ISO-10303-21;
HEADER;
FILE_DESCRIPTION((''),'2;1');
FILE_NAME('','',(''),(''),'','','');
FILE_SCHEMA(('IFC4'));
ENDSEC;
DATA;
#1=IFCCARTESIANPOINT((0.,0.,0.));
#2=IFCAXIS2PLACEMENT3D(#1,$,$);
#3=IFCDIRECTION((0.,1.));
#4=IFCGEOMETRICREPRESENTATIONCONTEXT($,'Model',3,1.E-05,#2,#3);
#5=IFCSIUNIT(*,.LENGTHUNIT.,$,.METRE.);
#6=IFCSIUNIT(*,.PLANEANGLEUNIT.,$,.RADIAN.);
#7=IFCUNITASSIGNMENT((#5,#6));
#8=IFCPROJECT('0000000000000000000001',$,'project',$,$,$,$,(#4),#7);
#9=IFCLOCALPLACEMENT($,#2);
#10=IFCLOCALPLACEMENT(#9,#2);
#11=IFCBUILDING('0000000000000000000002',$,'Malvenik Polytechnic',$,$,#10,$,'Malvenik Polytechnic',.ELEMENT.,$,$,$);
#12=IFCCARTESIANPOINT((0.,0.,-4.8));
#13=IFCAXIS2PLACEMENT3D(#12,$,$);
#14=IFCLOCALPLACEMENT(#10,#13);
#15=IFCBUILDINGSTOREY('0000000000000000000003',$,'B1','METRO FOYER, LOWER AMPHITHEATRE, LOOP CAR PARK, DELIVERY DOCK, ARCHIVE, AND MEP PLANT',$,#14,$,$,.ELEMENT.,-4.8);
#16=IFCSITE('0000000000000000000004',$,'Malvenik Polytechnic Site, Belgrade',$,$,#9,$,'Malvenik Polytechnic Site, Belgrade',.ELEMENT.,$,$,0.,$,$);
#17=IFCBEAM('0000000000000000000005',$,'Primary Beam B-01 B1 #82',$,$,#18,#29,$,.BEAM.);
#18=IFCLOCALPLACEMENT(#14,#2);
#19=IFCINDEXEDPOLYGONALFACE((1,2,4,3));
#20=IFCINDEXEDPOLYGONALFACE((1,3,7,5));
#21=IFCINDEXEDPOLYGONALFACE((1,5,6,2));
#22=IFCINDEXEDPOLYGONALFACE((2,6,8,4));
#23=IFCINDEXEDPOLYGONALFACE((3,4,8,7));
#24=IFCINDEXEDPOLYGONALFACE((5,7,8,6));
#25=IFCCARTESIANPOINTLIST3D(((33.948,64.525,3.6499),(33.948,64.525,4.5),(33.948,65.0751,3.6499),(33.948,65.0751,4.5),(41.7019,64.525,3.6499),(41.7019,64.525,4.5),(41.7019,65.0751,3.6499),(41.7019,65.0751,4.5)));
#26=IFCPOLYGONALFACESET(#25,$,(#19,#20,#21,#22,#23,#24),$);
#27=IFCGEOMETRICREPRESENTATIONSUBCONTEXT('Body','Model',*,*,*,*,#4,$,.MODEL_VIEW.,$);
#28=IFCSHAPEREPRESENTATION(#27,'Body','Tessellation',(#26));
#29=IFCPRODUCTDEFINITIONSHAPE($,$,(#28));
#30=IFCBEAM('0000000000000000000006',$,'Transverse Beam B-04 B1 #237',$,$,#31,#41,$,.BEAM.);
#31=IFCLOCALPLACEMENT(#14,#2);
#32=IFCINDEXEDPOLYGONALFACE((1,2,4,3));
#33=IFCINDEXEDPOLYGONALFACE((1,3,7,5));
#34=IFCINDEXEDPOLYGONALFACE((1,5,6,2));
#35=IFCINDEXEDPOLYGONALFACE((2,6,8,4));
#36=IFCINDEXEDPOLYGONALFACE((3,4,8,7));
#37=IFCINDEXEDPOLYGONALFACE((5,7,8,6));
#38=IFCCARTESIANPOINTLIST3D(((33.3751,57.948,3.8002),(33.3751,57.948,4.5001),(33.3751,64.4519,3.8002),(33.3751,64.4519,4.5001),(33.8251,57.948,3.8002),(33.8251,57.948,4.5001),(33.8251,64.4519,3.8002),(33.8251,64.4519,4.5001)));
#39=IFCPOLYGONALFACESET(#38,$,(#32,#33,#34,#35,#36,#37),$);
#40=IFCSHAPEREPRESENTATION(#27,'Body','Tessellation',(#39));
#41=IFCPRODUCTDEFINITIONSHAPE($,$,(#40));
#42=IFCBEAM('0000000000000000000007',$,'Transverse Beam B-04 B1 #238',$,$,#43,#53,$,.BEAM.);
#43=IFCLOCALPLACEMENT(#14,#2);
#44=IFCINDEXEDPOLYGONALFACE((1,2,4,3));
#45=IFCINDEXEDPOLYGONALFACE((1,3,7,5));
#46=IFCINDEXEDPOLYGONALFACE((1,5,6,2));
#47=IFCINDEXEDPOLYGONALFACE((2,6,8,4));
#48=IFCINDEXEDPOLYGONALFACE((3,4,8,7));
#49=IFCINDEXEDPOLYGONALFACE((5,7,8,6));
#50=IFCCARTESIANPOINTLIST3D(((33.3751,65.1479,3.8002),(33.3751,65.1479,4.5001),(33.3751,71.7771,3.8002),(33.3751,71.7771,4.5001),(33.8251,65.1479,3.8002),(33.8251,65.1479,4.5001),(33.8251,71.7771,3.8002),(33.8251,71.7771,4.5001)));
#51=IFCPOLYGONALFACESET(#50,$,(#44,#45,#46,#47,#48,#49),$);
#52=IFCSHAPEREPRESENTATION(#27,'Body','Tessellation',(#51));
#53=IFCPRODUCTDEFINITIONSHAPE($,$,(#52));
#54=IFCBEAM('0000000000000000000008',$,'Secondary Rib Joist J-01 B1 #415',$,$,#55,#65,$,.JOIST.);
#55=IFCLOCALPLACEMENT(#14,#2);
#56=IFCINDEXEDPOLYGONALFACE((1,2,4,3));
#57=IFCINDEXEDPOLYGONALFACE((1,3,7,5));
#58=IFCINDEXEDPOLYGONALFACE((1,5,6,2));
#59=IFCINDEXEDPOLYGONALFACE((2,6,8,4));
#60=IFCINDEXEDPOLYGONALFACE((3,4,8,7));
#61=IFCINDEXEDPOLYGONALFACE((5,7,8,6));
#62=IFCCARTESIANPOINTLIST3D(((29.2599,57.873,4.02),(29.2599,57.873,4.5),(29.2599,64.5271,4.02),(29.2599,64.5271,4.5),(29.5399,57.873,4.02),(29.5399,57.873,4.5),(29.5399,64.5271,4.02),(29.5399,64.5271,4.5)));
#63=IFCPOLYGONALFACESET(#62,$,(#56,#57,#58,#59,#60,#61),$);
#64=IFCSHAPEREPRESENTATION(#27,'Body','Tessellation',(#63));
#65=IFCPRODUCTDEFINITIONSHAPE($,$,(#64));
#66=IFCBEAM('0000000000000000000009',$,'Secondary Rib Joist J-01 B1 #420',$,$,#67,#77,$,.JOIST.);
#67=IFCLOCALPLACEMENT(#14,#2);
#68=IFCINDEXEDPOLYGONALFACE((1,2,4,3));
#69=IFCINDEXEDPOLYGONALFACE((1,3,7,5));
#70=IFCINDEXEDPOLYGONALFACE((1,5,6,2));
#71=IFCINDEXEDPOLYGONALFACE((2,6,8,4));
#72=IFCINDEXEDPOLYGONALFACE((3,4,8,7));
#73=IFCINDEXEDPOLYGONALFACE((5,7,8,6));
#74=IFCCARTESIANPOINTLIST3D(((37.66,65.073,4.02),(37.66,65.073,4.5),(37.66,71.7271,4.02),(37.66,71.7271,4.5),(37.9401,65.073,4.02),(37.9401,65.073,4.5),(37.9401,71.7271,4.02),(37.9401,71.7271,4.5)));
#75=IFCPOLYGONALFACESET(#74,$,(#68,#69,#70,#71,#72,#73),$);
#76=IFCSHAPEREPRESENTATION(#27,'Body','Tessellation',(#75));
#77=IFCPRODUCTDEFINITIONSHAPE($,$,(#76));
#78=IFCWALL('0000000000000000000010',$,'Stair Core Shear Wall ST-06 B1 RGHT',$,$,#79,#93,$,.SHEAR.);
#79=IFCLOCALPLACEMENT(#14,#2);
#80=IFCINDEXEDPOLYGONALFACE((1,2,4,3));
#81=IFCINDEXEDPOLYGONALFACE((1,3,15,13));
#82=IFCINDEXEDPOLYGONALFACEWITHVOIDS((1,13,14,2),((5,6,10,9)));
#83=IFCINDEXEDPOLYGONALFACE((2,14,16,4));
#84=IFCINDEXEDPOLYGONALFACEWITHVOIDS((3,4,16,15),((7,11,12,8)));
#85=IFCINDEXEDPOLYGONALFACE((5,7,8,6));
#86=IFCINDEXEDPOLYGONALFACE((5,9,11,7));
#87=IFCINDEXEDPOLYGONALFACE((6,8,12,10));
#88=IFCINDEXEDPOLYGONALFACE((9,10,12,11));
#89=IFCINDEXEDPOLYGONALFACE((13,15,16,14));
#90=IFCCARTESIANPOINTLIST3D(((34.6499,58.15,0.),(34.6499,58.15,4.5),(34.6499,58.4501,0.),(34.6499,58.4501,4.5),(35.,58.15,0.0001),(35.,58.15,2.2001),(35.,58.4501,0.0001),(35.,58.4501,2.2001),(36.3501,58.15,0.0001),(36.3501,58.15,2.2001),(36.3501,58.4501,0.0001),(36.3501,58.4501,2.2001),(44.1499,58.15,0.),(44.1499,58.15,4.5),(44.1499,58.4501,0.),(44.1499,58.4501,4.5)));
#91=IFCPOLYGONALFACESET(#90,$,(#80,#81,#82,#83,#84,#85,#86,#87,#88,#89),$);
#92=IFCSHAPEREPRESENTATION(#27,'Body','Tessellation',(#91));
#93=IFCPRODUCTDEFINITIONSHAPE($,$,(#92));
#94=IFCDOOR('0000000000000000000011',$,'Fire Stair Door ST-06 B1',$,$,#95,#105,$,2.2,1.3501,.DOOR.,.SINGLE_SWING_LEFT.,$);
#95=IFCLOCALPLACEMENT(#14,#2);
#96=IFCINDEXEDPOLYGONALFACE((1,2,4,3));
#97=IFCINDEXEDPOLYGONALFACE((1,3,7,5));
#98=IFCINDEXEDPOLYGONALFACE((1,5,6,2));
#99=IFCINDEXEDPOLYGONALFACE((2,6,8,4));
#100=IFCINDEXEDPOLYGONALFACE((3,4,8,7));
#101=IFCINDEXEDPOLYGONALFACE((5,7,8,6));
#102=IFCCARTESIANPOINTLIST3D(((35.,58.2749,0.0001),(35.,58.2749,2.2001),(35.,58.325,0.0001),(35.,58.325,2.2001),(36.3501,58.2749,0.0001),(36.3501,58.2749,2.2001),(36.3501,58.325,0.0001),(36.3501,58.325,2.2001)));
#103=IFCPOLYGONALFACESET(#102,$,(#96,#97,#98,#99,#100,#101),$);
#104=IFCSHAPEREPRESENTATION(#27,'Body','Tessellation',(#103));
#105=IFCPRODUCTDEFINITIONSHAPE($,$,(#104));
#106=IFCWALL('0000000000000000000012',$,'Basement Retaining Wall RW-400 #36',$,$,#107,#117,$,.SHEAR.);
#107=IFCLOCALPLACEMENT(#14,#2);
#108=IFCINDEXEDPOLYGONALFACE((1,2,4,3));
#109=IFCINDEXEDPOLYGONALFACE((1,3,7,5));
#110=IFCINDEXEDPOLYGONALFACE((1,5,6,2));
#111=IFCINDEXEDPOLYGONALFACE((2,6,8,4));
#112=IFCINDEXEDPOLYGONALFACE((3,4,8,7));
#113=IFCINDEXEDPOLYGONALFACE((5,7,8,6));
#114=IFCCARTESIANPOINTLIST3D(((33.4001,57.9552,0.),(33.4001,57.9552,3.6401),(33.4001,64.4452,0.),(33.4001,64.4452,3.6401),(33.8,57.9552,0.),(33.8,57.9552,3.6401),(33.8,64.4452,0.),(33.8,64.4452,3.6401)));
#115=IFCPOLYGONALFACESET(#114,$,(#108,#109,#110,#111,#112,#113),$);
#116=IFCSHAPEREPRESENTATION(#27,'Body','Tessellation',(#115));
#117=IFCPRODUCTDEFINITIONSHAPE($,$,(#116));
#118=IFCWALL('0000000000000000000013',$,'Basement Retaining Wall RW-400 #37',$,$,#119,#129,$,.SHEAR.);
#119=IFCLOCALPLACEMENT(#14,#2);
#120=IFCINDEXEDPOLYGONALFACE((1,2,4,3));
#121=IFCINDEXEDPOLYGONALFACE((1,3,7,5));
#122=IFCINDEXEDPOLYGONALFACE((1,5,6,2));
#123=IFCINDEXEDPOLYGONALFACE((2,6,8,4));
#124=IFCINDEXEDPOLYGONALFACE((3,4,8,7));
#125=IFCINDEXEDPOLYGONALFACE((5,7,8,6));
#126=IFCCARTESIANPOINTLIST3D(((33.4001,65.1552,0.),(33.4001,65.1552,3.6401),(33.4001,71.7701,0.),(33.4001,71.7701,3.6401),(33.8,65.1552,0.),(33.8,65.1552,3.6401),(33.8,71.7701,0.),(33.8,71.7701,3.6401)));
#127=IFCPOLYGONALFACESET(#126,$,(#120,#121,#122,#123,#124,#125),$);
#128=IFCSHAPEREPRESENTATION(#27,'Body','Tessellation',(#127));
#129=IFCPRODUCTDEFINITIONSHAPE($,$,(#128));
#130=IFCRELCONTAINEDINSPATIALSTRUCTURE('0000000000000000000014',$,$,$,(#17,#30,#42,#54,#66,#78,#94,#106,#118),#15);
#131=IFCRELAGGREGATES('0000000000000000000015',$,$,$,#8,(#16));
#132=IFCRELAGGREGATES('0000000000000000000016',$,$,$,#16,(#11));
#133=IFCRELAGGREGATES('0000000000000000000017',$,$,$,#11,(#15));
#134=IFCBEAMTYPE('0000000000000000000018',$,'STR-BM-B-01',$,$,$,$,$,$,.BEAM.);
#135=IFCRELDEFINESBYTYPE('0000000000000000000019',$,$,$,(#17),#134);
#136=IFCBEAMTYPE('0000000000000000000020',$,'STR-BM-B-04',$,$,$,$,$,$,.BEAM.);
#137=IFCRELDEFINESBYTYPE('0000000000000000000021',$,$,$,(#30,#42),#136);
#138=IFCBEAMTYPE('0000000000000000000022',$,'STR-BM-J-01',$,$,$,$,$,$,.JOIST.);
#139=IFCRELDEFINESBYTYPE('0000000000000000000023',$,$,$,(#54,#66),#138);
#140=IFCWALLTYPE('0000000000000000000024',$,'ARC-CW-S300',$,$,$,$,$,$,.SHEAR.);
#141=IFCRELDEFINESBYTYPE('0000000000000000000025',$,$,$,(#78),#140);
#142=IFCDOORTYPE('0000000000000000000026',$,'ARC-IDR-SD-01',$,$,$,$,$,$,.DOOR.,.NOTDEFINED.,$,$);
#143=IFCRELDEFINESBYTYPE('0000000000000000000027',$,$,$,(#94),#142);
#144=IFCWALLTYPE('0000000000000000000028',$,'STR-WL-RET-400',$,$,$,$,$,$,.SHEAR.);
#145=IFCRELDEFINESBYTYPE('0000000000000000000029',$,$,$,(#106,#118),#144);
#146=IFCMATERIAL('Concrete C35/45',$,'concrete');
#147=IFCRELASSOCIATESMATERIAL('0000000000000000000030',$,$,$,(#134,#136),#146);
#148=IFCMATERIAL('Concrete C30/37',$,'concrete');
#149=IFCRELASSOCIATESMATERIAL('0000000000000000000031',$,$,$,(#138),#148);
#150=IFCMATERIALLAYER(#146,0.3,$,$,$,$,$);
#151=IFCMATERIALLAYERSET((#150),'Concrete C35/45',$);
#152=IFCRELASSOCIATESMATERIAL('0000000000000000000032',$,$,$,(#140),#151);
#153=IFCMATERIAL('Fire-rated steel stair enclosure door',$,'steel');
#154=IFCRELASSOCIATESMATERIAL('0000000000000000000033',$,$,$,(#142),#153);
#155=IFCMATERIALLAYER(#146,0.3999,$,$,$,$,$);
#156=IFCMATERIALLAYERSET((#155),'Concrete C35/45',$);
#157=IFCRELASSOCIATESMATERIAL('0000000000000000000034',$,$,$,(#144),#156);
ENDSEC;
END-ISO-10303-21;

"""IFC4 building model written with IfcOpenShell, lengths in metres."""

from ifc_helpers import new_model, si_unit, direction, frame, frame_2d, origin, origin_2d, place, context, subcontext, project, spatial, rectangle, extrude, material, layer, layer_set, material_profile, profile_set, type_object, element, fill, save


model = new_model("IFC4")

# Units and contexts
model_context = context("Model", 3, precision=1e-05, world=origin(), true_north=direction((0.0, 1.0)))
body_context = subcontext(model_context, "Body", "Model", "MODEL_VIEW")
ifc_project = project(units=[si_unit("LENGTHUNIT", "METRE"), si_unit("PLANEANGLEUNIT", "RADIAN")], contexts=[model_context])

# Site, building, storey
site_placement = place(None, origin())
site = spatial("IfcSite", under=ifc_project, at=site_placement, Name="Malvenik Polytechnic Site, Belgrade", LongName="Malvenik Polytechnic Site, Belgrade", CompositionType="ELEMENT", RefElevation=0.0)
building_placement = place(site_placement, origin())
building = spatial("IfcBuilding", under=site, at=building_placement, Name="Malvenik Polytechnic", LongName="Malvenik Polytechnic", CompositionType="ELEMENT")
storey_placement = place(building_placement, frame((0.0, 0.0, -4.8)))
storey = spatial("IfcBuildingStorey", under=building, at=storey_placement, Name="B1", Description="METRO FOYER, LOWER AMPHITHEATRE, LOOP CAR PARK, DELIVERY DOCK, ARCHIVE, AND MEP PLANT", CompositionType="ELEMENT", Elevation=-4.8)

# Shared definitions
ifc_material_1 = material(Name="Concrete C35/45", Category="concrete")

# Beams
ifc_material_profile_1 = material_profile(ifc_material_1, rectangle(XDim=0.55, YDim=0.8501, at=origin_2d()), Name="RC BM 550x850")
ifc_profile_set_1 = profile_set([ifc_material_profile_1], Name="Concrete C35/45")
beam_type_1 = type_object("IfcBeamType", Name="STR-BM-B-01", PredefinedType="BEAM", material=ifc_profile_set_1)
beam_1_placement = place(storey_placement, frame((33.948, 64.8, 4.075), z_axis=(1.0, 0.0, 0.0), x_axis=(0.0, 1.0, 0.0)))
element("IfcBeam", 1, at=beam_1_placement, inside=storey, type_object=beam_type_1, Name="Primary Beam B-01 B1 #82", PredefinedType="BEAM", context=body_context, shape_type="SweptSolid", body=[
    extrude(rectangle(XDim=0.55, YDim=0.8501, at=origin_2d()), origin(), (0.0, 0.0, 1.0), 7.7539),
])
ifc_material_profile_2 = material_profile(ifc_material_1, rectangle(XDim=0.45, YDim=0.7, at=origin_2d()), Name="RC BM 450x700")
ifc_profile_set_2 = profile_set([ifc_material_profile_2], Name="Concrete C35/45")
beam_type_2 = type_object("IfcBeamType", Name="STR-BM-B-04", PredefinedType="BEAM", material=ifc_profile_set_2)
beam_2_placement = place(storey_placement, frame((33.6001, 57.948, 4.1501), z_axis=(0.0, 1.0, 0.0), x_axis=(-1.0, 0.0, 0.0)))
element("IfcBeam", 2, at=beam_2_placement, inside=storey, type_object=beam_type_2, Name="Transverse Beam B-04 B1 #237", PredefinedType="BEAM", context=body_context, shape_type="SweptSolid", body=[
    extrude(rectangle(XDim=0.45, YDim=0.7, at=origin_2d()), origin(), (0.0, 0.0, 1.0), 6.5039),
])
beam_3_placement = place(storey_placement, frame((33.6001, 65.1479, 4.1501), z_axis=(0.0, 1.0, 0.0), x_axis=(-1.0, 0.0, 0.0)))
element("IfcBeam", 3, at=beam_3_placement, inside=storey, type_object=beam_type_2, Name="Transverse Beam B-04 B1 #238", PredefinedType="BEAM", context=body_context, shape_type="SweptSolid", body=[
    extrude(rectangle(XDim=0.45, YDim=0.7, at=origin_2d()), origin(), (0.0, 0.0, 1.0), 6.6292),
])
ifc_material_2 = material(Name="Concrete C30/37", Category="concrete")
ifc_material_profile_3 = material_profile(ifc_material_2, rectangle(XDim=0.28, YDim=0.48, at=origin_2d()), Name="RC JST 280x480")
ifc_profile_set_3 = profile_set([ifc_material_profile_3], Name="Concrete C30/37")
beam_type_3 = type_object("IfcBeamType", Name="STR-BM-J-01", PredefinedType="JOIST", material=ifc_profile_set_3)
for number, where, z_axis, x_axis, name in (
    (4, (29.3999, 57.873, 4.26), (0.0, 1.0, 0.0), (-1.0, 0.0, 0.0), "Secondary Rib Joist J-01 B1 #415"),
    (5, (37.8, 65.073, 4.26), (0.0, 1.0, 0.0), (-1.0, 0.0, 0.0), "Secondary Rib Joist J-01 B1 #420"),
):
    element("IfcBeam", number, at=place(storey_placement, frame(where, z_axis=z_axis, x_axis=x_axis)), inside=storey, type_object=beam_type_3, Name=name, PredefinedType="JOIST", context=body_context, shape_type="SweptSolid", body=[
        extrude(rectangle(XDim=0.28, YDim=0.48, at=origin_2d()), origin(), (0.0, 0.0, 1.0), 6.6541),
    ])

# Wall, opening, door
ifc_layer_1 = layer(ifc_material_1, 0.3)
ifc_layer_set_1 = layer_set([ifc_layer_1], Name="Concrete C35/45")
wall_type_1 = type_object("IfcWallType", Name="ARC-CW-S300", PredefinedType="SHEAR", material=ifc_layer_set_1)
wall_1_placement = place(storey_placement, frame((34.6499, 58.3, 0.0), z_axis=(0.0, 0.0, 1.0), x_axis=(1.0, 0.0, 0.0)))
wall_1 = element("IfcWall", 6, at=wall_1_placement, inside=storey, type_object=wall_type_1, Name="Stair Core Shear Wall ST-06 B1 RGHT", PredefinedType="SHEAR", context=body_context, shape_type="SweptSolid", body=[
    extrude(rectangle(XDim=9.5, YDim=0.3, at=frame_2d((4.75, 0.0))), origin(), (0.0, 0.0, 1.0), 4.5),
])
opening_placement = place(wall_1_placement, frame((0.3501, 0.0, 0.0)))
opening = element("IfcOpeningElement", 7, at=opening_placement, cuts=wall_1, PredefinedType="OPENING", context=body_context, shape_type="SweptSolid", body=[
    extrude(rectangle(XDim=1.3501, YDim=2.2, at=frame_2d((0.675, 1.1001))), frame((0.0, 0.1602, 0.0), z_axis=(0.0, -1.0, 0.0), x_axis=(1.0, 0.0, 0.0)), (0.0, 0.0, 1.0), 0.3201),
])
ifc_material_3 = material(Name="Fire-rated steel stair enclosure door", Category="steel")
door_type = type_object("IfcDoorType", Name="ARC-IDR-SD-01", OperationType="NOTDEFINED", PredefinedType="DOOR", material=ifc_material_3)
door_placement = place(opening_placement, origin())
door = element("IfcDoor", 8, at=door_placement, inside=storey, type_object=door_type, Name="Fire Stair Door ST-06 B1", OperationType="SINGLE_SWING_LEFT", OverallHeight=2.2, OverallWidth=1.3501, PredefinedType="DOOR", context=body_context, shape_type="SweptSolid", body=[
    extrude(rectangle(XDim=1.3501, YDim=2.2, at=frame_2d((0.675, 1.1001))), frame((0.0, 0.0249, 0.0), z_axis=(0.0, -1.0, 0.0), x_axis=(1.0, 0.0, 0.0)), (0.0, 0.0, 1.0), 0.05),
])
fill(opening, door)

# Walls
ifc_layer_2 = layer(ifc_material_1, 0.3999)
ifc_layer_set_2 = layer_set([ifc_layer_2], Name="Concrete C35/45")
wall_type_2 = type_object("IfcWallType", Name="STR-WL-RET-400", PredefinedType="SHEAR", material=ifc_layer_set_2)
wall_2_placement = place(storey_placement, frame((33.6001, 57.9551, 0.0), z_axis=(0.0, 0.0, 1.0), x_axis=(0.0, 1.0, 0.0)))
element("IfcWall", 9, at=wall_2_placement, inside=storey, type_object=wall_type_2, Name="Basement Retaining Wall RW-400 #36", PredefinedType="SHEAR", context=body_context, shape_type="SweptSolid", body=[
    extrude(rectangle(XDim=6.49, YDim=0.3999, at=frame_2d((3.2451, 0.0))), origin(), (0.0, 0.0, 1.0), 3.6401),
])
wall_3_placement = place(storey_placement, frame((33.6001, 65.155, 0.0), z_axis=(0.0, 0.0, 1.0), x_axis=(0.0, 1.0, 0.0)))
element("IfcWall", 10, at=wall_3_placement, inside=storey, type_object=wall_type_2, Name="Basement Retaining Wall RW-400 #37", PredefinedType="SHEAR", context=body_context, shape_type="SweptSolid", body=[
    extrude(rectangle(XDim=6.615, YDim=0.3999, at=frame_2d((3.3076, 0.0))), origin(), (0.0, 0.0, 1.0), 3.6401),
])

save(model, "model.ifc")
